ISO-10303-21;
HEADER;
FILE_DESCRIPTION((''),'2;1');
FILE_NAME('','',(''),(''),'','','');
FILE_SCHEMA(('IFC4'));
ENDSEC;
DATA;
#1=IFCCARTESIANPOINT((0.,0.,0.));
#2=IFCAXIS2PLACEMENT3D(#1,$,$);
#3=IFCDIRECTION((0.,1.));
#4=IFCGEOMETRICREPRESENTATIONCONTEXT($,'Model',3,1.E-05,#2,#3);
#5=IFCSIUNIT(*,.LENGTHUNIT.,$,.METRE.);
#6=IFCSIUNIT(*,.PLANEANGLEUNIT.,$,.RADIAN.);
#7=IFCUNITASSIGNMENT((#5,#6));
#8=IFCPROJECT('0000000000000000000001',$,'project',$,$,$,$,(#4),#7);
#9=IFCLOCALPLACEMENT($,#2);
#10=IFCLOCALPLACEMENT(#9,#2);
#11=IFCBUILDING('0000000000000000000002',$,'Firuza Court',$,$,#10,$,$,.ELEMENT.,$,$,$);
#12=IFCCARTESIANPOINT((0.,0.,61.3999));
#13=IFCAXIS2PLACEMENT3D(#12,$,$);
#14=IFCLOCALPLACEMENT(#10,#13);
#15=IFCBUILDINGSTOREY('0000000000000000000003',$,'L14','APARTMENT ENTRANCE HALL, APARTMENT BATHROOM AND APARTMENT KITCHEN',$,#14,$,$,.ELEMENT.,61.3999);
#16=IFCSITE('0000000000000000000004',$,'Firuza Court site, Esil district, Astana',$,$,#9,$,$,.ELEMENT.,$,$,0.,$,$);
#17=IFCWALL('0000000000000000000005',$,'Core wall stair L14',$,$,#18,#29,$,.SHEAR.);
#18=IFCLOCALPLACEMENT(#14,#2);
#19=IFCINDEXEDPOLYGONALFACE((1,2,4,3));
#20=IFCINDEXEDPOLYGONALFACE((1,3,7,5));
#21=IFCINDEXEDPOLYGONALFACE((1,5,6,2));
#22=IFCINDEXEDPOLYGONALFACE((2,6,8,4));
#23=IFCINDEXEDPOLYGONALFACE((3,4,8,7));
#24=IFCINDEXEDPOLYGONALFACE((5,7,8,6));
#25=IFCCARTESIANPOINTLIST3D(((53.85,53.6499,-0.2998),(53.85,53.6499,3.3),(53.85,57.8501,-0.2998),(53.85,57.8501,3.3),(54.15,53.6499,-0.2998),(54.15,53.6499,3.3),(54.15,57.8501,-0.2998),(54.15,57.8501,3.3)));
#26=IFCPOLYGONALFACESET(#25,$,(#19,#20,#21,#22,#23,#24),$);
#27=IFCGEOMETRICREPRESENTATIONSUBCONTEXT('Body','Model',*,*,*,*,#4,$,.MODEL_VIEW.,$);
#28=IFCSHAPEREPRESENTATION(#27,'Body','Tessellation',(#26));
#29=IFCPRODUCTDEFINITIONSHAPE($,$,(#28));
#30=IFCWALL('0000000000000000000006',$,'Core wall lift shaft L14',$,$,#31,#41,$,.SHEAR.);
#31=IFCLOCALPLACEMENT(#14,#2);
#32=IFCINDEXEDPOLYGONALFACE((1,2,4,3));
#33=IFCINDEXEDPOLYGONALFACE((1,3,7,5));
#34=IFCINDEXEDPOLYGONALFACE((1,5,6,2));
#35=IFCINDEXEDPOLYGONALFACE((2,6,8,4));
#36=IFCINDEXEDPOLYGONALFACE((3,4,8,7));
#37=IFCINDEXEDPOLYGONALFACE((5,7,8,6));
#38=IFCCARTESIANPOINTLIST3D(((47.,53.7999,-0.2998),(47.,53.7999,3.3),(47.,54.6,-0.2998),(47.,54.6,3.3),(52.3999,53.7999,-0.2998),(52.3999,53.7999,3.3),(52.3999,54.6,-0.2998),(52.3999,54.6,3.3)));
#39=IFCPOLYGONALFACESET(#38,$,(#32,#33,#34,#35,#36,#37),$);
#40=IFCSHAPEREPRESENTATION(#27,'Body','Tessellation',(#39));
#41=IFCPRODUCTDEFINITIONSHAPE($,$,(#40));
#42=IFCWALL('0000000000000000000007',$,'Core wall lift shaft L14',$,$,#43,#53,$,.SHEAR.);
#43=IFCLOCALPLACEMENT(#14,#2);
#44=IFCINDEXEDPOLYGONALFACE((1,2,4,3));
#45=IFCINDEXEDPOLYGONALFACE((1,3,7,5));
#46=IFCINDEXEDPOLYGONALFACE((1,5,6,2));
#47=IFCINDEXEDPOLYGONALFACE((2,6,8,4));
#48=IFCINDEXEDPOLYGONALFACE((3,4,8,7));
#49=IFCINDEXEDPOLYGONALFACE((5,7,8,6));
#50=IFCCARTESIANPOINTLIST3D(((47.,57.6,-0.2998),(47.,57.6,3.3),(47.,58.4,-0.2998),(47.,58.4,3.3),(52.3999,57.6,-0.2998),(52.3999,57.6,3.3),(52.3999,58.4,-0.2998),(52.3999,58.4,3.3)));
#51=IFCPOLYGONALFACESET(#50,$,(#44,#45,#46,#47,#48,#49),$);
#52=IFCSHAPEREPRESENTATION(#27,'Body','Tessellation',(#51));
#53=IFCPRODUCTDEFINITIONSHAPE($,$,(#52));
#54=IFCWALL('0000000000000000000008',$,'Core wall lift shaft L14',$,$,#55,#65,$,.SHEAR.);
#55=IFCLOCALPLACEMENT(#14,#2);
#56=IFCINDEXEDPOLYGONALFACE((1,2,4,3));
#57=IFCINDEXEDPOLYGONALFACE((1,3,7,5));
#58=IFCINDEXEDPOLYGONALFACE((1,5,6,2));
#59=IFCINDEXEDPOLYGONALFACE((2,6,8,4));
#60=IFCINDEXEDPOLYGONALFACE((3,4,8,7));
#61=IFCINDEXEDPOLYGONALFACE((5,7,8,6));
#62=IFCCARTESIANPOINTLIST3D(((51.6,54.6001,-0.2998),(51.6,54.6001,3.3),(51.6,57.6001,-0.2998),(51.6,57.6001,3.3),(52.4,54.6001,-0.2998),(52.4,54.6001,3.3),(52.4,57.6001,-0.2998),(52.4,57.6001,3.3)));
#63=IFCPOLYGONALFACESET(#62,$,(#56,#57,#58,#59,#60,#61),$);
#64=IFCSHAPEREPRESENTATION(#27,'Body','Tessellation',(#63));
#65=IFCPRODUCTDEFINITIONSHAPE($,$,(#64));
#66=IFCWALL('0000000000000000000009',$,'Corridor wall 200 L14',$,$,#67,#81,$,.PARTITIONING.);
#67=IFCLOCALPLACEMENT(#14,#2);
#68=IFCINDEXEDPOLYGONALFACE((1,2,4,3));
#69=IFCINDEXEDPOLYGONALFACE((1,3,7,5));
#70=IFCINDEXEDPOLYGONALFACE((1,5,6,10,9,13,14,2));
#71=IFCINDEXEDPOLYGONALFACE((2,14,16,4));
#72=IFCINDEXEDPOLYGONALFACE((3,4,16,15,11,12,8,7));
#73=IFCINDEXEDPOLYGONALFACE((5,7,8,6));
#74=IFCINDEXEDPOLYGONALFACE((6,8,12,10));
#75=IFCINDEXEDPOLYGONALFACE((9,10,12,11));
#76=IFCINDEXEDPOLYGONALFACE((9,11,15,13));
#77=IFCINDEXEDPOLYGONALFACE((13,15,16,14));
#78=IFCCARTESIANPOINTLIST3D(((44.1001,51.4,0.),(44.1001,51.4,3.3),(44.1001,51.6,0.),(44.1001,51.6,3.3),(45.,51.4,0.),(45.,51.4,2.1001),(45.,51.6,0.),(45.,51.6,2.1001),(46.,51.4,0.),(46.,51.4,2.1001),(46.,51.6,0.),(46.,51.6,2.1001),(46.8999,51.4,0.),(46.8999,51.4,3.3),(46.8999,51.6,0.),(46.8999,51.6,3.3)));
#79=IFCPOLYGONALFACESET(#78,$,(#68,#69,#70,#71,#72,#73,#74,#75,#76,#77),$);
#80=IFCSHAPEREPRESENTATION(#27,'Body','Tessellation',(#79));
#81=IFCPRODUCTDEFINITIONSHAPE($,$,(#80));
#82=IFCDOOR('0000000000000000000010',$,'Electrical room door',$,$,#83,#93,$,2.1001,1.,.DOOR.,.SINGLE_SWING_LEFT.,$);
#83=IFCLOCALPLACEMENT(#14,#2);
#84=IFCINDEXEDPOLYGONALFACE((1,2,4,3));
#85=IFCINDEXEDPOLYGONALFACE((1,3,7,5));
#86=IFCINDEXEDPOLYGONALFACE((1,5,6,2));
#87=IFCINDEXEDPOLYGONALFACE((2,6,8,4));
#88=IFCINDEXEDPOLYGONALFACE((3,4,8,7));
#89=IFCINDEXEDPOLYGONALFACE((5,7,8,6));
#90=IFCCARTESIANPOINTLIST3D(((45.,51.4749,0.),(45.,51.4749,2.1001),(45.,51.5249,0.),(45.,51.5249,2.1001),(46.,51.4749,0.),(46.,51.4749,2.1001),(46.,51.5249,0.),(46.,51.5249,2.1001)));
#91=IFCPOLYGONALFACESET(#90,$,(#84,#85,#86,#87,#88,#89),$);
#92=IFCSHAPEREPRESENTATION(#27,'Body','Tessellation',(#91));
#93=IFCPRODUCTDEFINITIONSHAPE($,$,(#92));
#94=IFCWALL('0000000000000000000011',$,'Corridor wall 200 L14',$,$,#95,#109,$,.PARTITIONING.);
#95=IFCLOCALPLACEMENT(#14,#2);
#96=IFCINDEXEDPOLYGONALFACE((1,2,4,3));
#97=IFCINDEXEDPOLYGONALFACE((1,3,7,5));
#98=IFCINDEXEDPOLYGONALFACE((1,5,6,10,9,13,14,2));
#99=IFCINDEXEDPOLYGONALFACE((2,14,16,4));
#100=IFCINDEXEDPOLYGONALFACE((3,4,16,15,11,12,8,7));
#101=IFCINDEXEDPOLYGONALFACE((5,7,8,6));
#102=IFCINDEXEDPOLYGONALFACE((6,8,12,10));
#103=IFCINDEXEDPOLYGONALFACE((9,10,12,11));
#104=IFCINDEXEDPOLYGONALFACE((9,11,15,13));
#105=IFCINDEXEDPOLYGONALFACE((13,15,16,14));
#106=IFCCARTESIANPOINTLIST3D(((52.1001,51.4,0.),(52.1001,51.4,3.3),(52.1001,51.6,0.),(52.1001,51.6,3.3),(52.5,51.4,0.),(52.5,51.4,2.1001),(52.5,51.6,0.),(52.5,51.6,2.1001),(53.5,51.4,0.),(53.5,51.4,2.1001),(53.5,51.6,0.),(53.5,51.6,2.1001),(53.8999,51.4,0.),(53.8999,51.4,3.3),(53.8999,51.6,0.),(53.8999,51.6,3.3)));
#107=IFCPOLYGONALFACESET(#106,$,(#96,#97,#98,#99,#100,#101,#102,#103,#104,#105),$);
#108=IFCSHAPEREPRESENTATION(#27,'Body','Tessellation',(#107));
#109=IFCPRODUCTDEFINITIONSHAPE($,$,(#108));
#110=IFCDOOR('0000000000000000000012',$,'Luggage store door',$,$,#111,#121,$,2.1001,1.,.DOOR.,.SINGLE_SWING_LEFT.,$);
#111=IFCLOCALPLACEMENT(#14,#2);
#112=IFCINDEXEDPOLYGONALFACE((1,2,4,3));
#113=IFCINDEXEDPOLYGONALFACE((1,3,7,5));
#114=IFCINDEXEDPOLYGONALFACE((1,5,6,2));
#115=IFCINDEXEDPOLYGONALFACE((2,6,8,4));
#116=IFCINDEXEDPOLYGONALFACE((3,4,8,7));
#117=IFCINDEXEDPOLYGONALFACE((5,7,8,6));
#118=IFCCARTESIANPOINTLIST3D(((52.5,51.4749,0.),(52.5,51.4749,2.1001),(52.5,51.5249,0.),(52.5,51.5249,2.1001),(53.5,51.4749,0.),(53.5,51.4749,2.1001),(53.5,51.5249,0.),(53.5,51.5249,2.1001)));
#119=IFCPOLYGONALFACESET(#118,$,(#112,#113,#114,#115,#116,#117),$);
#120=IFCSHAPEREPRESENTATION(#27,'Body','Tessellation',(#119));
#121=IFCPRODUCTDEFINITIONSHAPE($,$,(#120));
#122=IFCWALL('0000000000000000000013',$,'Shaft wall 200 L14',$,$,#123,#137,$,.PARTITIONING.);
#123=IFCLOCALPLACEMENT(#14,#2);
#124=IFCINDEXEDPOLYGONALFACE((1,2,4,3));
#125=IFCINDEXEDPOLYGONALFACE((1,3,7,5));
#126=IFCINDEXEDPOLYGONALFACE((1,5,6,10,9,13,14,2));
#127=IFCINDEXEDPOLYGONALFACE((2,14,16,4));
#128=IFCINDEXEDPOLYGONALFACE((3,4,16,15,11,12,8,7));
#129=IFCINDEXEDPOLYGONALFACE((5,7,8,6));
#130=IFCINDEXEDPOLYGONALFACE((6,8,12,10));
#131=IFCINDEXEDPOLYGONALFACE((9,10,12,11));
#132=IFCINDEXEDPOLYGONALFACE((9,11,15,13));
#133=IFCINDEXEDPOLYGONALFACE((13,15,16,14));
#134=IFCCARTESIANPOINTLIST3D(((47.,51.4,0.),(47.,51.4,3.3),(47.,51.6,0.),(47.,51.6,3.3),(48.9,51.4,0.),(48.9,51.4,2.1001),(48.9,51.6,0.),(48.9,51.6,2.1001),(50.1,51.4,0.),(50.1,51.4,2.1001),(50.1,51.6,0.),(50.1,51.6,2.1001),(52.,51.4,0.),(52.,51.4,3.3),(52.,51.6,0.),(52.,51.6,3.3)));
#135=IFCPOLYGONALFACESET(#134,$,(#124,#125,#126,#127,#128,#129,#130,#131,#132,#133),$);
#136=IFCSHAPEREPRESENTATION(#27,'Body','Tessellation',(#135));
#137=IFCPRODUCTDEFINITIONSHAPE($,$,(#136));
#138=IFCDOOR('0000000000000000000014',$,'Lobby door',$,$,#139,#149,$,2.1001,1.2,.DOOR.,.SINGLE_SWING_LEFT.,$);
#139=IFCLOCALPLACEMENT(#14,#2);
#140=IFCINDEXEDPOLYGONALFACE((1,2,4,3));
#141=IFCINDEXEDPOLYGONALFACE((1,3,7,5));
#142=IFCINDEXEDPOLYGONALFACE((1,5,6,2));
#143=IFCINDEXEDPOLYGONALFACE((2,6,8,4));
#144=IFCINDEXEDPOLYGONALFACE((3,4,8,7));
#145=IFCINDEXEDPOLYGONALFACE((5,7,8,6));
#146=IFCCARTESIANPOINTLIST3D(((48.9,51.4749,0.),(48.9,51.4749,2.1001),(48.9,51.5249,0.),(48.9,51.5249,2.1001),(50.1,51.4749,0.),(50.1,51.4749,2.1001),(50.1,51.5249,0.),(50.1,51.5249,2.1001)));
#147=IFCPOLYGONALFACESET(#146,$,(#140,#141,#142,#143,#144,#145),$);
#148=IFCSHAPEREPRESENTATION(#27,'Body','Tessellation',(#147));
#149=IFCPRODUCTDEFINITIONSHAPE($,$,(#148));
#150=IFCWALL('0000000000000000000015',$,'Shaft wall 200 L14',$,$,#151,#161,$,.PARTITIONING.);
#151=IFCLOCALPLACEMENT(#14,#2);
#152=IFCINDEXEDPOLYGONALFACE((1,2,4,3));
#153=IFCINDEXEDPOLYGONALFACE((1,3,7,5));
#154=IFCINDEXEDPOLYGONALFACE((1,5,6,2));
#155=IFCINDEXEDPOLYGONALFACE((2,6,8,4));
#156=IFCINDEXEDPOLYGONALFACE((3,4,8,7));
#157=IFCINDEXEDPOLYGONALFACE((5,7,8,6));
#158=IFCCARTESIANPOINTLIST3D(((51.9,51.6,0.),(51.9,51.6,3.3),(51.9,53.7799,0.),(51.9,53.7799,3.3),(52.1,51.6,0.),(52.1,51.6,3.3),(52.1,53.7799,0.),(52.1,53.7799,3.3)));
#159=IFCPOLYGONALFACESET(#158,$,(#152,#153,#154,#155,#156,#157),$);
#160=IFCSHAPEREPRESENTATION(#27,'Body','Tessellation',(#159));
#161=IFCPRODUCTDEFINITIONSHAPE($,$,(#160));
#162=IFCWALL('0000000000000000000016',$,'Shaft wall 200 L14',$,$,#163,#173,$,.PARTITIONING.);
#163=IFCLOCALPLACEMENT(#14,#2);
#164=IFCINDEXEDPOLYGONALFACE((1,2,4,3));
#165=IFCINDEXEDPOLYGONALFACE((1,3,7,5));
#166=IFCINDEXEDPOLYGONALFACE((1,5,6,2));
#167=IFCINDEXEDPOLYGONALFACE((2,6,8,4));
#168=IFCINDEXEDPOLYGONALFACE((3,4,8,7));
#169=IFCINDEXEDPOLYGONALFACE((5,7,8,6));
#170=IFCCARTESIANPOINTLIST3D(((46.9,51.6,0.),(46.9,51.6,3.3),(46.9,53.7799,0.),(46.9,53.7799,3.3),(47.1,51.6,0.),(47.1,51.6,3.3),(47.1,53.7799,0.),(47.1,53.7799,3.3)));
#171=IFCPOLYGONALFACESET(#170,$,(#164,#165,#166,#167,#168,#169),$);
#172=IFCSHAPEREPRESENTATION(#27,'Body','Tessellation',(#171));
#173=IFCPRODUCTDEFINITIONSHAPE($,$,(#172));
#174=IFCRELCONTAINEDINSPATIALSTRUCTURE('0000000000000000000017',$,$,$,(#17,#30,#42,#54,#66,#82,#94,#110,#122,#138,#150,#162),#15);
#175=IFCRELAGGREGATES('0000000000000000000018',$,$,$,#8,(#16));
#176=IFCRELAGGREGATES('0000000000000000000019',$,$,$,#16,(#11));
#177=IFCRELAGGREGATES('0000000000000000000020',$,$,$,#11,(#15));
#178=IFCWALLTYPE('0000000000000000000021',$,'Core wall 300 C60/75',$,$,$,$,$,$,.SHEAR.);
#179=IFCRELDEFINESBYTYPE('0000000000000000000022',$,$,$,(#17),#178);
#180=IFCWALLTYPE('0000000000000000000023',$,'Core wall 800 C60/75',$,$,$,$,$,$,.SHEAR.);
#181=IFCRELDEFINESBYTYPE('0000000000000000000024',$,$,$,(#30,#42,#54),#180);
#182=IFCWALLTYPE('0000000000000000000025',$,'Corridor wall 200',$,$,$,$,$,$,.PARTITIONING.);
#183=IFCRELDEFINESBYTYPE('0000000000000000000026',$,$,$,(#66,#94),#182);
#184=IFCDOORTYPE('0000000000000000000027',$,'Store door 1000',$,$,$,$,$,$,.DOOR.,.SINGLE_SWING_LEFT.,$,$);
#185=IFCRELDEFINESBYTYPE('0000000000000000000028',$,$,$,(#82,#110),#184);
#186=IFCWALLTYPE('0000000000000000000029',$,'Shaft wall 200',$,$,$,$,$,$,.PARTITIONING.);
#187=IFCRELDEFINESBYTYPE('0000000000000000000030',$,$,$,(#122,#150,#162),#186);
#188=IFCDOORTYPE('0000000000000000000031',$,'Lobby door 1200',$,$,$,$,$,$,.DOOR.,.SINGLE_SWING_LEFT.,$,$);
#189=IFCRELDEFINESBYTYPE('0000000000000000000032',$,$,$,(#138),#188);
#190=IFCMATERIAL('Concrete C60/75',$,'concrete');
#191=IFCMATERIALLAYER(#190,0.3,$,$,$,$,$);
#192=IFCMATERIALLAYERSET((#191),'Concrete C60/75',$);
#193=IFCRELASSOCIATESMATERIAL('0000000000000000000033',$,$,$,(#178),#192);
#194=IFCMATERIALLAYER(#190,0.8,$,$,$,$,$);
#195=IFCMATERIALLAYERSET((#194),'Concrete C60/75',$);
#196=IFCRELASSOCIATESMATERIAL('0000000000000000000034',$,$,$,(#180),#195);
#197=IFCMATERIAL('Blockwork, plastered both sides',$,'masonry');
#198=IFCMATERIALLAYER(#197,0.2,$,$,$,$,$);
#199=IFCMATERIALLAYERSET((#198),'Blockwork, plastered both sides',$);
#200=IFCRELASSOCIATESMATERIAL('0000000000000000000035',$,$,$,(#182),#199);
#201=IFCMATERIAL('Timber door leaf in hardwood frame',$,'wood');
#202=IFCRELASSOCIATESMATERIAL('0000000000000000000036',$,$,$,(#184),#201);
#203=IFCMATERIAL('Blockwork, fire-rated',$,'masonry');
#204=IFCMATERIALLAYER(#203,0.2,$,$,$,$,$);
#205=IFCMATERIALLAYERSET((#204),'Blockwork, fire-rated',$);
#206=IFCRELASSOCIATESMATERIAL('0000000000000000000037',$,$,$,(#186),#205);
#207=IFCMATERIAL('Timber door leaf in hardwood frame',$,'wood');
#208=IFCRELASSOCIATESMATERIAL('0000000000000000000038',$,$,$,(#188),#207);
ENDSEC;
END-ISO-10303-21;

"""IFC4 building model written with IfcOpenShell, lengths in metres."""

from ifc_helpers import new_model, si_unit, direction, frame, frame_2d, origin, place, context, subcontext, project, spatial, rectangle, extrude, material, layer, layer_set, type_object, element, fill, save


model = new_model("IFC4")

# Units and contexts
model_context = context("Model", 3, precision=1e-05, world=origin(), true_north=direction((0.0, 1.0)))
body_context = subcontext(model_context, "Body", "Model", "MODEL_VIEW")
ifc_project = project(units=[si_unit("LENGTHUNIT", "METRE"), si_unit("PLANEANGLEUNIT", "RADIAN")], contexts=[model_context])

# Site, building, storey
site_placement = place(None, origin())
site = spatial("IfcSite", under=ifc_project, at=site_placement, Name="Firuza Court site, Esil district, Astana", CompositionType="ELEMENT", RefElevation=0.0)
building_placement = place(site_placement, origin())
building = spatial("IfcBuilding", under=site, at=building_placement, Name="Firuza Court", CompositionType="ELEMENT")
storey_placement = place(building_placement, frame((0.0, 0.0, 61.3999)))
storey = spatial("IfcBuildingStorey", under=building, at=storey_placement, Name="L14", Description="APARTMENT ENTRANCE HALL, APARTMENT BATHROOM AND APARTMENT KITCHEN", CompositionType="ELEMENT", Elevation=61.3999)

# Shared definitions
ifc_material_1 = material(Name="Concrete C60/75", Category="concrete")
ifc_layer_1 = layer(ifc_material_1, 0.3)
ifc_layer_set_1 = layer_set([ifc_layer_1], Name="Concrete C60/75")
wall_type_1 = type_object("IfcWallType", Name="Core wall 300 C60/75", PredefinedType="SHEAR", material=ifc_layer_set_1)

# Walls
wall_1_placement = place(storey_placement, frame((54.0, 53.6499, -0.2998), z_axis=(0.0, 0.0, 1.0), x_axis=(0.0, 1.0, 0.0)))
element("IfcWall", 1, at=wall_1_placement, inside=storey, type_object=wall_type_1, Name="Core wall stair L14", PredefinedType="SHEAR", context=body_context, shape_type="SweptSolid", body=[
    extrude(rectangle(XDim=4.2002, YDim=0.3, at=frame_2d((2.1001, 0.0))), origin(), (0.0, 0.0, 1.0), 3.5999),
])
ifc_layer_2 = layer(ifc_material_1, 0.8)
ifc_layer_set_2 = layer_set([ifc_layer_2], Name="Concrete C60/75")
wall_type_2 = type_object("IfcWallType", Name="Core wall 800 C60/75", PredefinedType="SHEAR", material=ifc_layer_set_2)
for number, where, z_axis, x_axis, name in (
    (2, (47.0, 54.2, -0.2998), (0.0, 0.0, 1.0), (1.0, 0.0, 0.0), "Core wall lift shaft L14"),
    (3, (47.0, 58.0, -0.2998), (0.0, 0.0, 1.0), (1.0, 0.0, 0.0), "Core wall lift shaft L14"),
):
    element("IfcWall", number, at=place(storey_placement, frame(where, z_axis=z_axis, x_axis=x_axis)), inside=storey, type_object=wall_type_2, Name=name, PredefinedType="SHEAR", context=body_context, shape_type="SweptSolid", body=[
        extrude(rectangle(XDim=5.3999, YDim=0.8, at=frame_2d((2.7, 0.0))), origin(), (0.0, 0.0, 1.0), 3.5999),
    ])
wall_2_placement = place(storey_placement, frame((52.0, 54.6001, -0.2998), z_axis=(0.0, 0.0, 1.0), x_axis=(0.0, 1.0, 0.0)))
element("IfcWall", 4, at=wall_2_placement, inside=storey, type_object=wall_type_2, Name="Core wall lift shaft L14", PredefinedType="SHEAR", context=body_context, shape_type="SweptSolid", body=[
    extrude(rectangle(XDim=3.0, YDim=0.8, at=frame_2d((1.5, 0.0))), origin(), (0.0, 0.0, 1.0), 3.5999),
])

# Walls, openings, doors
ifc_material_2 = material(Name="Blockwork, plastered both sides", Category="masonry")
ifc_layer_3 = layer(ifc_material_2, 0.2)
ifc_layer_set_3 = layer_set([ifc_layer_3], Name="Blockwork, plastered both sides")
wall_type_3 = type_object("IfcWallType", Name="Corridor wall 200", PredefinedType="PARTITIONING", material=ifc_layer_set_3)
wall_3_placement = place(storey_placement, frame((44.1001, 51.5, 0.0), z_axis=(0.0, 0.0, 1.0), x_axis=(1.0, 0.0, 0.0)))
wall_3 = element("IfcWall", 5, at=wall_3_placement, inside=storey, type_object=wall_type_3, Name="Corridor wall 200 L14", PredefinedType="PARTITIONING", context=body_context, shape_type="SweptSolid", body=[
    extrude(rectangle(XDim=2.7998, YDim=0.2, at=frame_2d((1.3999, 0.0))), origin(), (0.0, 0.0, 1.0), 3.3),
])
opening_1_placement = place(wall_3_placement, frame((0.8999, 0.0, 0.0)))
opening_1 = element("IfcOpeningElement", 6, at=opening_1_placement, cuts=wall_3, PredefinedType="OPENING", context=body_context, shape_type="SweptSolid", body=[
    extrude(rectangle(XDim=1.0, YDim=2.1001, at=frame_2d((0.5, 1.05))), frame((0.0, 0.1118, 0.0), z_axis=(0.0, -1.0, 0.0), x_axis=(1.0, 0.0, 0.0)), (0.0, 0.0, 1.0), 0.2239),
])
ifc_material_3 = material(Name="Timber door leaf in hardwood frame", Category="wood")
door_type_1 = type_object("IfcDoorType", Name="Store door 1000", OperationType="SINGLE_SWING_LEFT", PredefinedType="DOOR", material=ifc_material_3)
door_1_placement = place(opening_1_placement, origin())
door_1 = element("IfcDoor", 7, at=door_1_placement, inside=storey, type_object=door_type_1, Name="Electrical room door", OperationType="SINGLE_SWING_LEFT", OverallHeight=2.1001, OverallWidth=1.0, PredefinedType="DOOR", context=body_context, shape_type="SweptSolid", body=[
    extrude(rectangle(XDim=1.0, YDim=2.1001, at=frame_2d((0.5, 1.05))), frame((0.0, 0.0249, 0.0), z_axis=(0.0, -1.0, 0.0), x_axis=(1.0, 0.0, 0.0)), (0.0, 0.0, 1.0), 0.05),
])
fill(opening_1, door_1)
wall_4_placement = place(storey_placement, frame((52.1001, 51.5, 0.0), z_axis=(0.0, 0.0, 1.0), x_axis=(1.0, 0.0, 0.0)))
wall_4 = element("IfcWall", 8, at=wall_4_placement, inside=storey, type_object=wall_type_3, Name="Corridor wall 200 L14", PredefinedType="PARTITIONING", context=body_context, shape_type="SweptSolid", body=[
    extrude(rectangle(XDim=1.7998, YDim=0.2, at=frame_2d((0.8999, 0.0))), origin(), (0.0, 0.0, 1.0), 3.3),
])
opening_2_placement = place(wall_4_placement, frame((0.3999, 0.0, 0.0)))
opening_2 = element("IfcOpeningElement", 9, at=opening_2_placement, cuts=wall_4, PredefinedType="OPENING", context=body_context, shape_type="SweptSolid", body=[
    extrude(rectangle(XDim=1.0, YDim=2.1001, at=frame_2d((0.5, 1.05))), frame((0.0, 0.1118, 0.0), z_axis=(0.0, -1.0, 0.0), x_axis=(1.0, 0.0, 0.0)), (0.0, 0.0, 1.0), 0.2239),
])
door_2_placement = place(opening_2_placement, origin())
door_2 = element("IfcDoor", 10, at=door_2_placement, inside=storey, type_object=door_type_1, Name="Luggage store door", OperationType="SINGLE_SWING_LEFT", OverallHeight=2.1001, OverallWidth=1.0, PredefinedType="DOOR", context=body_context, shape_type="SweptSolid", body=[
    extrude(rectangle(XDim=1.0, YDim=2.1001, at=frame_2d((0.5, 1.05))), frame((0.0, 0.0249, 0.0), z_axis=(0.0, -1.0, 0.0), x_axis=(1.0, 0.0, 0.0)), (0.0, 0.0, 1.0), 0.05),
])
fill(opening_2, door_2)
ifc_material_4 = material(Name="Blockwork, fire-rated", Category="masonry")
ifc_layer_4 = layer(ifc_material_4, 0.2)
ifc_layer_set_4 = layer_set([ifc_layer_4], Name="Blockwork, fire-rated")
wall_type_4 = type_object("IfcWallType", Name="Shaft wall 200", PredefinedType="PARTITIONING", material=ifc_layer_set_4)
wall_5_placement = place(storey_placement, frame((47.0, 51.5, 0.0), z_axis=(0.0, 0.0, 1.0), x_axis=(1.0, 0.0, 0.0)))
wall_5 = element("IfcWall", 11, at=wall_5_placement, inside=storey, type_object=wall_type_4, Name="Shaft wall 200 L14", PredefinedType="PARTITIONING", context=body_context, shape_type="SweptSolid", body=[
    extrude(rectangle(XDim=5.0, YDim=0.2, at=frame_2d((2.5, 0.0))), origin(), (0.0, 0.0, 1.0), 3.3),
])
opening_3_placement = place(wall_5_placement, frame((1.8999, 0.0, 0.0)))
opening_3 = element("IfcOpeningElement", 12, at=opening_3_placement, cuts=wall_5, PredefinedType="OPENING", context=body_context, shape_type="SweptSolid", body=[
    extrude(rectangle(XDim=1.2, YDim=2.1001, at=frame_2d((0.6001, 1.05))), frame((0.0, 0.1118, 0.0), z_axis=(0.0, -1.0, 0.0), x_axis=(1.0, 0.0, 0.0)), (0.0, 0.0, 1.0), 0.2239),
])
ifc_material_5 = material(Name="Timber door leaf in hardwood frame", Category="wood")
door_type_2 = type_object("IfcDoorType", Name="Lobby door 1200", OperationType="SINGLE_SWING_LEFT", PredefinedType="DOOR", material=ifc_material_5)
door_3_placement = place(opening_3_placement, origin())
door_3 = element("IfcDoor", 13, at=door_3_placement, inside=storey, type_object=door_type_2, Name="Lobby door", OperationType="SINGLE_SWING_LEFT", OverallHeight=2.1001, OverallWidth=1.2, PredefinedType="DOOR", context=body_context, shape_type="SweptSolid", body=[
    extrude(rectangle(XDim=1.2, YDim=2.1001, at=frame_2d((0.6001, 1.05))), frame((0.0, 0.0249, 0.0), z_axis=(0.0, -1.0, 0.0), x_axis=(1.0, 0.0, 0.0)), (0.0, 0.0, 1.0), 0.05),
])
fill(opening_3, door_3)

# Walls
for number, where, z_axis, x_axis, name in (
    (14, (52.0, 51.6001, 0.0), (0.0, 0.0, 1.0), (0.0, 1.0, 0.0), "Shaft wall 200 L14"),
    (15, (47.0, 51.6001, 0.0), (0.0, 0.0, 1.0), (0.0, 1.0, 0.0), "Shaft wall 200 L14"),
):
    element("IfcWall", number, at=place(storey_placement, frame(where, z_axis=z_axis, x_axis=x_axis)), inside=storey, type_object=wall_type_4, Name=name, PredefinedType="PARTITIONING", context=body_context, shape_type="SweptSolid", body=[
        extrude(rectangle(XDim=2.1799, YDim=0.2, at=frame_2d((1.0898, 0.0))), origin(), (0.0, 0.0, 1.0), 3.3),
    ])

save(model, "model.ifc")
